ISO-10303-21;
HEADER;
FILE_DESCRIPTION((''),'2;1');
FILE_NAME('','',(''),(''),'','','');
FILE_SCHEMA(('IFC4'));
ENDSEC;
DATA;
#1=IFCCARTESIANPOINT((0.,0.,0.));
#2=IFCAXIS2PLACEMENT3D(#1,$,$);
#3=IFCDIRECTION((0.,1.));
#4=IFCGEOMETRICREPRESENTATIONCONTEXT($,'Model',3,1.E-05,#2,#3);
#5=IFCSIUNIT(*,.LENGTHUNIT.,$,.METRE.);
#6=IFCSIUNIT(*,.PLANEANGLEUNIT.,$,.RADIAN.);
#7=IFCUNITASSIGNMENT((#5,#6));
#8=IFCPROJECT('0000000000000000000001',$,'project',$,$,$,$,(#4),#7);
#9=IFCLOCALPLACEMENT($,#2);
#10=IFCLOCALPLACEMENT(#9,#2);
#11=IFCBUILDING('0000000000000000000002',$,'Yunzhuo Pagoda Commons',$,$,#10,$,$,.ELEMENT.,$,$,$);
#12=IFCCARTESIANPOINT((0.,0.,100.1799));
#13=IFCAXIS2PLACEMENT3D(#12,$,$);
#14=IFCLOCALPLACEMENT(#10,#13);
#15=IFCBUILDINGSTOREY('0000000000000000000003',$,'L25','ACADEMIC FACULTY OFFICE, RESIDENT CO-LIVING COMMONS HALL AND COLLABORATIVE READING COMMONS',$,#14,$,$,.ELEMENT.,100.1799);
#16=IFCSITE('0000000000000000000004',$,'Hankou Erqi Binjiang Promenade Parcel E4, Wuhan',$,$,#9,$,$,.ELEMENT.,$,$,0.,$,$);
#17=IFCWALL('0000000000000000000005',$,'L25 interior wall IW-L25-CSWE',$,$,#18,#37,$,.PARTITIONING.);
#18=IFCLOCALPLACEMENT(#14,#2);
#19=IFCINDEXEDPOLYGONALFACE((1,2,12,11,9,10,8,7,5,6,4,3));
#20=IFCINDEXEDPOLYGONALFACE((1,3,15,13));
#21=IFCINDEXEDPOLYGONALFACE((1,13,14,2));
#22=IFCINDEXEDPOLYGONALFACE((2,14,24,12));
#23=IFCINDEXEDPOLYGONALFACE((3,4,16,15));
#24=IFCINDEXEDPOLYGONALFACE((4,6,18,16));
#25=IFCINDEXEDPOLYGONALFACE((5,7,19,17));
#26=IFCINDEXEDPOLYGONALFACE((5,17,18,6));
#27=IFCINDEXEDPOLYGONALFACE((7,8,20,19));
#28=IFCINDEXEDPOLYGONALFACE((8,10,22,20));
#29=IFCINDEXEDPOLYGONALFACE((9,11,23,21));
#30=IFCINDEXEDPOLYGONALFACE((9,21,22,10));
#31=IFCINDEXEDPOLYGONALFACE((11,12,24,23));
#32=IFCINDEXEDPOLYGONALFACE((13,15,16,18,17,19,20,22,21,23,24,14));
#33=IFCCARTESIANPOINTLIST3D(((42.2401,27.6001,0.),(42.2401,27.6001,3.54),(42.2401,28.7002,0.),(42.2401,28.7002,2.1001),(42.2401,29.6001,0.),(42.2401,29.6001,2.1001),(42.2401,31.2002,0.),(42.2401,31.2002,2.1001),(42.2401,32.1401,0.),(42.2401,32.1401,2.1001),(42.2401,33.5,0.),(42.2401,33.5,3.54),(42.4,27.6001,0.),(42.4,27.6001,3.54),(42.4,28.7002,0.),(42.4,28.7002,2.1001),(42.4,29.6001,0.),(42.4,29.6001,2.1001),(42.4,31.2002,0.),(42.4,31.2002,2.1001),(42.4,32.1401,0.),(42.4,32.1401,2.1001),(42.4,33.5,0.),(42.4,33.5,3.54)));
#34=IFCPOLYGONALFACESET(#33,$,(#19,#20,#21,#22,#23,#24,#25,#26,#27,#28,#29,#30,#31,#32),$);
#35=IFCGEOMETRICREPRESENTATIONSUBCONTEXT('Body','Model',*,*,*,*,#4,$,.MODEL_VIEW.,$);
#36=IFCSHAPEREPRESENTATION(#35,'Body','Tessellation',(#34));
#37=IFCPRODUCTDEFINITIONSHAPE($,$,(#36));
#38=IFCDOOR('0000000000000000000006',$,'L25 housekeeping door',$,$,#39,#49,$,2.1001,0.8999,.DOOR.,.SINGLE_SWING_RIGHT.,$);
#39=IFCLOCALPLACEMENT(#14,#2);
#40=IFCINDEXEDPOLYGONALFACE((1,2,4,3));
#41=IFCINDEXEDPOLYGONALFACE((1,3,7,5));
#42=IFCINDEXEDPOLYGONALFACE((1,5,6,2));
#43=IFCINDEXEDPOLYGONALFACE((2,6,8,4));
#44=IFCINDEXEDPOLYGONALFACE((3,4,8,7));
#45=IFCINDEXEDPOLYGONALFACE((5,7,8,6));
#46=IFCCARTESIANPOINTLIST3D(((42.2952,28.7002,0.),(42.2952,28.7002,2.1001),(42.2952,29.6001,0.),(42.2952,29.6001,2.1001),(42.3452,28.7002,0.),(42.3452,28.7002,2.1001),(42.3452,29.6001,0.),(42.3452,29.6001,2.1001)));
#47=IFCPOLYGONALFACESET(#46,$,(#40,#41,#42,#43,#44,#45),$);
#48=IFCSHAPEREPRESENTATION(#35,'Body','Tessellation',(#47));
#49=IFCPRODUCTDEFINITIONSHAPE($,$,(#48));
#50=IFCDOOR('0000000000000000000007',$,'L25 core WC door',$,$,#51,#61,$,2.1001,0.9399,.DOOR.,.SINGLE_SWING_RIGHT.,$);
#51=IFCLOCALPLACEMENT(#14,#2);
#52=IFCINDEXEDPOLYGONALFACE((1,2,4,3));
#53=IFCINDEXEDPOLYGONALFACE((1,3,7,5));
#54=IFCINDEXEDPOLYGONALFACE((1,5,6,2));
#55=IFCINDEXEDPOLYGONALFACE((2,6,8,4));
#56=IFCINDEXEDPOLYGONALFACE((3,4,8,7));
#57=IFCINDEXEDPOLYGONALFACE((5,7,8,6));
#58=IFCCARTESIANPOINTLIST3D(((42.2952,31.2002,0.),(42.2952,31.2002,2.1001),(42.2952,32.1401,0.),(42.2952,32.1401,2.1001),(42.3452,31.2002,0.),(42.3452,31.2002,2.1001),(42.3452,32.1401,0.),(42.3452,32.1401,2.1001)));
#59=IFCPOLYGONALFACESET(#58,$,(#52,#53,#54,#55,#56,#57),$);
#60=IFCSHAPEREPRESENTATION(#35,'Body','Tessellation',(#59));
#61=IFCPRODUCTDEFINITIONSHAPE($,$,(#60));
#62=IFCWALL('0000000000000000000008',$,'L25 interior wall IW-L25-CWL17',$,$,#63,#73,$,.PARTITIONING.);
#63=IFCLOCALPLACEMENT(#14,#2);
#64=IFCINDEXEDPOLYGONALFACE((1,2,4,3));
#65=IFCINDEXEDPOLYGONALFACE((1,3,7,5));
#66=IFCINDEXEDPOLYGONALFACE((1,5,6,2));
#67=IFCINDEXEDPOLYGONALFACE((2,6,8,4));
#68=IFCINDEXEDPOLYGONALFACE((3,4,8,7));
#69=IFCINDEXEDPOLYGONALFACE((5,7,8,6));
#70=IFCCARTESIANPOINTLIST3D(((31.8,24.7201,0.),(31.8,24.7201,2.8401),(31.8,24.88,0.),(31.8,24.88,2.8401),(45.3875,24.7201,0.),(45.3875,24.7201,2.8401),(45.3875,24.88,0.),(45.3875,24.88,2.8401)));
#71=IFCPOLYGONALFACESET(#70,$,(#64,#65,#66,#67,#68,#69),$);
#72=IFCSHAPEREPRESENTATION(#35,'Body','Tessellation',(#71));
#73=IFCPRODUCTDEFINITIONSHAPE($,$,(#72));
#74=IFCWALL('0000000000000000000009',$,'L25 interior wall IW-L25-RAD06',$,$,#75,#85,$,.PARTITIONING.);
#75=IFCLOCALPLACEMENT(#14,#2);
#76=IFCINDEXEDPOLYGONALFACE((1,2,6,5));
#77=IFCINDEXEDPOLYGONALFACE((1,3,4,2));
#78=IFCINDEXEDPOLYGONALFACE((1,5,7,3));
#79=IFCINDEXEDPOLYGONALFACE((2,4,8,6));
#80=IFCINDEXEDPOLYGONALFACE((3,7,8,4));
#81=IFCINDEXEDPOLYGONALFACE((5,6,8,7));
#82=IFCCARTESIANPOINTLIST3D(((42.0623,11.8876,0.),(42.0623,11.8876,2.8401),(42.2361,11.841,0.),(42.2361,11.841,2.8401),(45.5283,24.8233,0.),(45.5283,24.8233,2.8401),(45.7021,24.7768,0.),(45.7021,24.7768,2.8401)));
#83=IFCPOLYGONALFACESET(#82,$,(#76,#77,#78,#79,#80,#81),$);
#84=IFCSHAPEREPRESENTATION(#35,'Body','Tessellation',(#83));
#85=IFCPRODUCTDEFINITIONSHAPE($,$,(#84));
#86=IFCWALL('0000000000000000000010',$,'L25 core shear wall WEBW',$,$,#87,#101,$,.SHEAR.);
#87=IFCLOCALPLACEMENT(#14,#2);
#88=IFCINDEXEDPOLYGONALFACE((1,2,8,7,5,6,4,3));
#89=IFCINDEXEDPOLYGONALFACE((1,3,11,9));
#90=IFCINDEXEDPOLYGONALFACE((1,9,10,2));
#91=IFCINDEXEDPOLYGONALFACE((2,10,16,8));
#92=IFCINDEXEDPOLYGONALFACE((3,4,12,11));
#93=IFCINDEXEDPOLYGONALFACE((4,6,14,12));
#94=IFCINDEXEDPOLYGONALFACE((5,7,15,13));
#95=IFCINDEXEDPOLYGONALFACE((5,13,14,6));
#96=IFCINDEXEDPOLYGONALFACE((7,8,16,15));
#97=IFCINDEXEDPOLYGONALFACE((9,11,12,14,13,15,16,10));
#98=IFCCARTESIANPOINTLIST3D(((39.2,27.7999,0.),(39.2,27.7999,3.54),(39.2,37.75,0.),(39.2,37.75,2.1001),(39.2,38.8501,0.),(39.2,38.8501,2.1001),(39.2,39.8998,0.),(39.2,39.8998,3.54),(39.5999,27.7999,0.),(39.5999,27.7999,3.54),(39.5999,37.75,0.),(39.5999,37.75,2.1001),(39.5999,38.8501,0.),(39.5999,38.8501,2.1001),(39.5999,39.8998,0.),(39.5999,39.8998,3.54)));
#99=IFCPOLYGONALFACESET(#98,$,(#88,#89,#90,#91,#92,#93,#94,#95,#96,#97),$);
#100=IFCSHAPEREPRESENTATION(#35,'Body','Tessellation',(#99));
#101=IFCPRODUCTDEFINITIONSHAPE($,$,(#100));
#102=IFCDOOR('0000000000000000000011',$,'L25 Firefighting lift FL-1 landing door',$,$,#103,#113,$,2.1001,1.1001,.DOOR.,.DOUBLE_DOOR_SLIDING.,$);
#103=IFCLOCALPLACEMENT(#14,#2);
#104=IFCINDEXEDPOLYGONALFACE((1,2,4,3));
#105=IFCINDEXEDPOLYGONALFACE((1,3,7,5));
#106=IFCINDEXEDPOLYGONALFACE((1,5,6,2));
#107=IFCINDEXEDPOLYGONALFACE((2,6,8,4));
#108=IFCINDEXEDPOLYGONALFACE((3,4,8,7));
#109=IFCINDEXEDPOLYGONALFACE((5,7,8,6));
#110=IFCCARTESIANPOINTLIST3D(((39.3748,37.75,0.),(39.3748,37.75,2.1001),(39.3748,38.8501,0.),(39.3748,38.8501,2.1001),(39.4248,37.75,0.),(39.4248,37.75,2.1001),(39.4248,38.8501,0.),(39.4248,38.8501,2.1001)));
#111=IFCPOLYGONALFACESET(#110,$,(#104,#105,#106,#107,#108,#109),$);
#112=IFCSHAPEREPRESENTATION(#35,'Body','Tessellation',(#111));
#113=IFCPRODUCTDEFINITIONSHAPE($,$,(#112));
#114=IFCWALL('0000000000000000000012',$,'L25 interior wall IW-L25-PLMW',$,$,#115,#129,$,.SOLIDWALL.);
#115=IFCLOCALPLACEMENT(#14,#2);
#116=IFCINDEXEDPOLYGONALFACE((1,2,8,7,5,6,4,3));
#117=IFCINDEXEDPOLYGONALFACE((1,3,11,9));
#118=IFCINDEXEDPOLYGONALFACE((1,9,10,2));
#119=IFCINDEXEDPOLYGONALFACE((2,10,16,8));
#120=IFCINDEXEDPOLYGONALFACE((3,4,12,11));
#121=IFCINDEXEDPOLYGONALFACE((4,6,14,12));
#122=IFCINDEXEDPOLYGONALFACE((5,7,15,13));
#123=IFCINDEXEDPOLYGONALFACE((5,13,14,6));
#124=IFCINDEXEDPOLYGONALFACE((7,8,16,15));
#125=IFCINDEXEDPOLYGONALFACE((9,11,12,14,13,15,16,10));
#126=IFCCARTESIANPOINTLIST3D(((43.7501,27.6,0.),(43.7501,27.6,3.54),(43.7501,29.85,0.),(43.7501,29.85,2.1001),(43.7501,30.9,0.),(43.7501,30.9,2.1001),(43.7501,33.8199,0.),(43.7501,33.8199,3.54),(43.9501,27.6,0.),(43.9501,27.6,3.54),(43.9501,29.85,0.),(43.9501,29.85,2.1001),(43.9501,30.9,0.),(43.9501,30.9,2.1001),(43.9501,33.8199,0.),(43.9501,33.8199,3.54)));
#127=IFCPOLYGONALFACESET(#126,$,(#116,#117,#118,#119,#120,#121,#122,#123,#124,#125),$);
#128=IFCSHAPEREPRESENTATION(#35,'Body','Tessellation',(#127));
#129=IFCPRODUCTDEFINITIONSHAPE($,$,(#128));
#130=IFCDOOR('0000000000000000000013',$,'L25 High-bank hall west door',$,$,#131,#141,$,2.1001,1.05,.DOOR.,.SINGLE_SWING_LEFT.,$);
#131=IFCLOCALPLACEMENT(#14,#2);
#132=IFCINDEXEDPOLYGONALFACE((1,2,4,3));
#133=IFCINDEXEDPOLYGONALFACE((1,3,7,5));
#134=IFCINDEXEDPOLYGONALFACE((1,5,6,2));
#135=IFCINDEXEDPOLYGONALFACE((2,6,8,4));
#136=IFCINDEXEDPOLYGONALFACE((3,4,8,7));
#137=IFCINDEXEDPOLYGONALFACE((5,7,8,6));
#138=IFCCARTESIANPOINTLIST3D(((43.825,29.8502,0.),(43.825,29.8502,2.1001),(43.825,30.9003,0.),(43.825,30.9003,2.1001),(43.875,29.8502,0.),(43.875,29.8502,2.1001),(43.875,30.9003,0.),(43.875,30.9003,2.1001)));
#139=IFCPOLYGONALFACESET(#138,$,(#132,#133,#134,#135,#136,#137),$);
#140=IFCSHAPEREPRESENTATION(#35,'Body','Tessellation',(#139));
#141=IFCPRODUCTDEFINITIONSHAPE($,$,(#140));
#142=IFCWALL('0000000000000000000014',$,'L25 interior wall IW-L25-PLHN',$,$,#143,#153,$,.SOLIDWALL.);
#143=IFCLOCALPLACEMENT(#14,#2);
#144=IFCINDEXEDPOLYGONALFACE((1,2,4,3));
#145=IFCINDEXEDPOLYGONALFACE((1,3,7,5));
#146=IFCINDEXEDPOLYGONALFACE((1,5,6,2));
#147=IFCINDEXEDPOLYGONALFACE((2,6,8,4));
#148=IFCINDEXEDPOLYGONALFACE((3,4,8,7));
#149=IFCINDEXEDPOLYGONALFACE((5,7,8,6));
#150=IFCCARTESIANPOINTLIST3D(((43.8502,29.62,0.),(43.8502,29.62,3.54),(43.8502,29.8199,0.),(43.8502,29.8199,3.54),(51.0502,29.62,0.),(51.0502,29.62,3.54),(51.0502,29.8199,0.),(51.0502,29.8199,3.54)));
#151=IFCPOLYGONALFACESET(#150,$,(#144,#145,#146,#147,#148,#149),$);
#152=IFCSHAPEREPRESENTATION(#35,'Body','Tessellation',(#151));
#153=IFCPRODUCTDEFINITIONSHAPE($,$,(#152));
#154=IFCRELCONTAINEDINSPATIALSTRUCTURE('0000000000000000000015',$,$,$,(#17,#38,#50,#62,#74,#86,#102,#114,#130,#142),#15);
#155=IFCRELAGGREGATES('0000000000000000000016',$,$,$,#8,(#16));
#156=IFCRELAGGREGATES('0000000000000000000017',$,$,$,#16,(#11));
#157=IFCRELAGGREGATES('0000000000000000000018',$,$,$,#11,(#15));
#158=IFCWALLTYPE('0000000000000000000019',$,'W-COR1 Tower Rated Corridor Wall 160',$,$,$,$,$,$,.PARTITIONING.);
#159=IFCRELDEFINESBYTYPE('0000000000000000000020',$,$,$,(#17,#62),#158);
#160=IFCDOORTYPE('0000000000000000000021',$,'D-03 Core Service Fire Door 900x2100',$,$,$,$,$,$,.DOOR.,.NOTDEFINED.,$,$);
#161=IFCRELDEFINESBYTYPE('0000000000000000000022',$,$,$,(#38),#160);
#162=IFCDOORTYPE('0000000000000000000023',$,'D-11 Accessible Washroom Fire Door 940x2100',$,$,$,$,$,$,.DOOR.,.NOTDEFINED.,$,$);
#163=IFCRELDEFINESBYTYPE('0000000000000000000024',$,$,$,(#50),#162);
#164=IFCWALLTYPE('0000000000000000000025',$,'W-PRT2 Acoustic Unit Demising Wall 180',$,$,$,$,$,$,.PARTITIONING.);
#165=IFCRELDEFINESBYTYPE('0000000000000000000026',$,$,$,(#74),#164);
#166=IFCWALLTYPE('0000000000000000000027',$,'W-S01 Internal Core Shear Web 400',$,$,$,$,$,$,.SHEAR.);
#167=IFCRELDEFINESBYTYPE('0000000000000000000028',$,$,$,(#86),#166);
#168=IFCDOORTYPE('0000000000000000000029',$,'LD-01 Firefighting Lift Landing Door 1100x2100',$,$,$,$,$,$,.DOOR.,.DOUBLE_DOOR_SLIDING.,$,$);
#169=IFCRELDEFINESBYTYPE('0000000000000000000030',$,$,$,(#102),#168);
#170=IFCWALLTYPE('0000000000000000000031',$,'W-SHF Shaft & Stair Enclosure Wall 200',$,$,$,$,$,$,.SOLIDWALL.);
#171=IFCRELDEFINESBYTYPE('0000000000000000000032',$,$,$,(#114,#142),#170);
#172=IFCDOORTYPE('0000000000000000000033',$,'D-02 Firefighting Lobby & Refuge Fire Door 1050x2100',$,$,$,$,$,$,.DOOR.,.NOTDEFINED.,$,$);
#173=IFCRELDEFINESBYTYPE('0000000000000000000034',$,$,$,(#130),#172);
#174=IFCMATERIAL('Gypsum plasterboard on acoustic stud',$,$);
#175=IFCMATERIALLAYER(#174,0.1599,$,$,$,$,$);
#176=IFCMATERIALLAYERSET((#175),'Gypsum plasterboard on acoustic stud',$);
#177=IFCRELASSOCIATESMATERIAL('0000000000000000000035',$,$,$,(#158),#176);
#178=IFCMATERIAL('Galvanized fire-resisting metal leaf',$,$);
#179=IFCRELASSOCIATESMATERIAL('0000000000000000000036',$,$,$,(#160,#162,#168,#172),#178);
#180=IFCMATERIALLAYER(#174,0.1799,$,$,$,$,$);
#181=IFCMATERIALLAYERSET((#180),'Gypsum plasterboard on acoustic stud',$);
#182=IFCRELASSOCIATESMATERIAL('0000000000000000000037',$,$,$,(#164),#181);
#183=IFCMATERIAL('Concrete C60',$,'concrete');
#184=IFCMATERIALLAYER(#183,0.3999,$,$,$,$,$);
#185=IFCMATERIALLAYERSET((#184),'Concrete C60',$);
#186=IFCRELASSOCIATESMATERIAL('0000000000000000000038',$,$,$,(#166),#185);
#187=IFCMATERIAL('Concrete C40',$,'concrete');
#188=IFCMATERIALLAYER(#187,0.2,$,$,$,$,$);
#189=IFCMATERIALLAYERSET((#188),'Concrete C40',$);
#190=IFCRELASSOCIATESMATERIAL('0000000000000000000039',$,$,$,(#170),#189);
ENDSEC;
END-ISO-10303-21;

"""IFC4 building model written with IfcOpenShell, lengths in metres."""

from ifc_helpers import new_model, si_unit, direction, frame, frame_2d, origin, origin_with_axes, place, context, subcontext, project, spatial, rectangle, extrude, source, transform, mapped, material, layer, layer_set, type_object, element, fill, save


model = new_model("IFC4")

# Units and contexts
model_context = context("Model", 3, precision=1e-05, world=origin(), true_north=direction((0.0, 1.0)))
body_context = subcontext(model_context, "Body", "Model", "MODEL_VIEW")
ifc_project = project(units=[si_unit("LENGTHUNIT", "METRE"), si_unit("PLANEANGLEUNIT", "RADIAN")], contexts=[model_context])

# Site, building, storey
site_placement = place(None, origin())
site = spatial("IfcSite", under=ifc_project, at=site_placement, Name="Hankou Erqi Binjiang Promenade Parcel E4, Wuhan", CompositionType="ELEMENT", RefElevation=0.0)
building_placement = place(site_placement, origin())
building = spatial("IfcBuilding", under=site, at=building_placement, Name="Yunzhuo Pagoda Commons", CompositionType="ELEMENT")
storey_placement = place(building_placement, frame((0.0, 0.0, 100.1799)))
storey = spatial("IfcBuildingStorey", under=building, at=storey_placement, Name="L25", Description="ACADEMIC FACULTY OFFICE, RESIDENT CO-LIVING COMMONS HALL AND COLLABORATIVE READING COMMONS", CompositionType="ELEMENT", Elevation=100.1799)

# Wall, openings, doors
ifc_material_1 = material(Name="Gypsum plasterboard on acoustic stud")
ifc_layer_1 = layer(ifc_material_1, 0.1599)
ifc_layer_set_1 = layer_set([ifc_layer_1], Name="Gypsum plasterboard on acoustic stud")
wall_type_1 = type_object("IfcWallType", Name="W-COR1 Tower Rated Corridor Wall 160", PredefinedType="PARTITIONING", material=ifc_layer_set_1)
wall_1_placement = place(storey_placement, frame((42.3201, 27.6001, 0.0), z_axis=(0.0, 0.0, 1.0), x_axis=(0.0, 1.0, 0.0)))
wall_1 = element("IfcWall", 1, at=wall_1_placement, inside=storey, type_object=wall_type_1, Name="L25 interior wall IW-L25-CSWE", PredefinedType="PARTITIONING", context=body_context, shape_type="SweptSolid", body=[
    extrude(rectangle(XDim=5.8999, YDim=0.1599, at=frame_2d((2.95, 0.0))), origin(), (0.0, 0.0, 1.0), 3.54),
])
opening_1_placement = place(wall_1_placement, frame((1.1001, 0.0, 0.0)))
opening_1 = element("IfcOpeningElement", 2, at=opening_1_placement, cuts=wall_1, PredefinedType="OPENING", context=body_context, shape_type="SweptSolid", body=[
    extrude(rectangle(XDim=0.8999, YDim=2.1001, at=frame_2d((0.45, 1.05))), frame((0.0, 0.0898, 0.0), z_axis=(0.0, -1.0, 0.0), x_axis=(1.0, 0.0, 0.0)), (0.0, 0.0, 1.0), 0.1799),
])
opening_2_placement = place(wall_1_placement, frame((3.6001, 0.0, 0.0)))
opening_2 = element("IfcOpeningElement", 3, at=opening_2_placement, cuts=wall_1, PredefinedType="OPENING", context=body_context, shape_type="SweptSolid", body=[
    extrude(rectangle(XDim=0.9399, YDim=2.1001, at=frame_2d((0.47, 1.05))), frame((0.0, 0.0898, 0.0), z_axis=(0.0, -1.0, 0.0), x_axis=(1.0, 0.0, 0.0)), (0.0, 0.0, 1.0), 0.1799),
])
ifc_material_2 = material(Name="Galvanized fire-resisting metal leaf")
door_type_1 = type_object("IfcDoorType", Name="D-03 Core Service Fire Door 900x2100", OperationType="NOTDEFINED", PredefinedType="DOOR", material=ifc_material_2)
shared_shape_1 = source(origin(), body_context, "Body", "SweptSolid", [
    extrude(rectangle(XDim=0.8999, YDim=2.1001, at=frame_2d((0.45, 1.05))), frame((0.0, 0.0249, 0.0), z_axis=(0.0, -1.0, 0.0), x_axis=(1.0, 0.0, 0.0)), (0.0, 0.0, 1.0), 0.05),
])
door_1_placement = place(opening_1_placement, origin_with_axes())
door_1 = element("IfcDoor", 4, at=door_1_placement, inside=storey, type_object=door_type_1, Name="L25 housekeeping door", OperationType="SINGLE_SWING_RIGHT", OverallHeight=2.1001, OverallWidth=0.8999, PredefinedType="DOOR", context=body_context, shape_type="MappedRepresentation", body=[
    mapped(shared_shape_1, transform((0.0, 0.0, 0.0), scale=1.0)),
])
fill(opening_1, door_1)
door_type_2 = type_object("IfcDoorType", Name="D-11 Accessible Washroom Fire Door 940x2100", OperationType="NOTDEFINED", PredefinedType="DOOR", material=ifc_material_2)
shared_shape_2 = source(origin(), body_context, "Body", "SweptSolid", [
    extrude(rectangle(XDim=0.9399, YDim=2.1001, at=frame_2d((0.47, 1.05))), frame((0.0, 0.0249, 0.0), z_axis=(0.0, -1.0, 0.0), x_axis=(1.0, 0.0, 0.0)), (0.0, 0.0, 1.0), 0.05),
])
door_2_placement = place(opening_2_placement, origin_with_axes())
door_2 = element("IfcDoor", 5, at=door_2_placement, inside=storey, type_object=door_type_2, Name="L25 core WC door", OperationType="SINGLE_SWING_RIGHT", OverallHeight=2.1001, OverallWidth=0.9399, PredefinedType="DOOR", context=body_context, shape_type="MappedRepresentation", body=[
    mapped(shared_shape_2, transform((0.0, 0.0, 0.0), scale=1.0)),
])
fill(opening_2, door_2)

# Walls
wall_2_placement = place(storey_placement, frame((45.3875, 24.8, 0.0), z_axis=(0.0, 0.0, 1.0), x_axis=(-1.0, 0.0, 0.0)))
element("IfcWall", 6, at=wall_2_placement, inside=storey, type_object=wall_type_1, Name="L25 interior wall IW-L25-CWL17", PredefinedType="PARTITIONING", context=body_context, shape_type="SweptSolid", body=[
    extrude(rectangle(XDim=13.5874, YDim=0.1599, at=frame_2d((6.7937, 0.0))), origin(), (0.0, 0.0, 1.0), 2.8401),
])
ifc_layer_2 = layer(ifc_material_1, 0.1799)
ifc_layer_set_2 = layer_set([ifc_layer_2], Name="Gypsum plasterboard on acoustic stud")
wall_type_2 = type_object("IfcWallType", Name="W-PRT2 Acoustic Unit Demising Wall 180", PredefinedType="PARTITIONING", material=ifc_layer_set_2)
wall_3_placement = place(storey_placement, frame((45.6152, 24.8, 0.0), z_axis=(0.0, 0.0, 1.0), x_axis=(-0.258814, -0.965927, 0.0)))
element("IfcWall", 7, at=wall_3_placement, inside=storey, type_object=wall_type_2, Name="L25 interior wall IW-L25-RAD06", PredefinedType="PARTITIONING", context=body_context, shape_type="SweptSolid", body=[
    extrude(rectangle(XDim=13.3921, YDim=0.1799, at=frame_2d((6.696, 0.0))), origin(), (0.0, 0.0, 1.0), 2.8401),
])

# Walls, openings, doors
ifc_material_3 = material(Name="Concrete C60", Category="concrete")
ifc_layer_3 = layer(ifc_material_3, 0.3999)
ifc_layer_set_3 = layer_set([ifc_layer_3], Name="Concrete C60")
wall_type_3 = type_object("IfcWallType", Name="W-S01 Internal Core Shear Web 400", PredefinedType="SHEAR", material=ifc_layer_set_3)
wall_4_placement = place(storey_placement, frame((39.3999, 27.8, 0.0), z_axis=(0.0, 0.0, 1.0), x_axis=(0.0, 1.0, 0.0)))
wall_4 = element("IfcWall", 8, at=wall_4_placement, inside=storey, type_object=wall_type_3, Name="L25 core shear wall WEBW", PredefinedType="SHEAR", context=body_context, shape_type="SweptSolid", body=[
    extrude(rectangle(XDim=12.0999, YDim=0.3999, at=frame_2d((6.0498, 0.0))), origin(), (0.0, 0.0, 1.0), 3.54),
])
opening_3_placement = place(wall_4_placement, frame((9.95, 0.0, 0.0)))
opening_3 = element("IfcOpeningElement", 9, at=opening_3_placement, cuts=wall_4, PredefinedType="OPENING", context=body_context, shape_type="SweptSolid", body=[
    extrude(rectangle(XDim=1.1001, YDim=2.1001, at=frame_2d((0.55, 1.05))), frame((0.0, 0.21, 0.0), z_axis=(0.0, -1.0, 0.0), x_axis=(1.0, 0.0, 0.0)), (0.0, 0.0, 1.0), 0.4199),
])
door_type_3 = type_object("IfcDoorType", Name="LD-01 Firefighting Lift Landing Door 1100x2100", OperationType="DOUBLE_DOOR_SLIDING", PredefinedType="DOOR", material=ifc_material_2)
shared_shape_3 = source(origin(), body_context, "Body", "SweptSolid", [
    extrude(rectangle(XDim=1.1001, YDim=2.1001, at=frame_2d((0.55, 1.05))), frame((0.0, 0.0249, 0.0), z_axis=(0.0, -1.0, 0.0), x_axis=(1.0, 0.0, 0.0)), (0.0, 0.0, 1.0), 0.05),
])
door_3_placement = place(opening_3_placement, frame((1.1001, 0.0, 0.0), z_axis=(0.0, 0.0, 1.0), x_axis=(-1.0, 0.0, 0.0)))
door_3 = element("IfcDoor", 10, at=door_3_placement, inside=storey, type_object=door_type_3, Name="L25 Firefighting lift FL-1 landing door", OperationType="DOUBLE_DOOR_SLIDING", OverallHeight=2.1001, OverallWidth=1.1001, PredefinedType="DOOR", context=body_context, shape_type="MappedRepresentation", body=[
    mapped(shared_shape_3, transform((0.0, 0.0, 0.0), scale=1.0)),
])
fill(opening_3, door_3)
ifc_material_4 = material(Name="Concrete C40", Category="concrete")
ifc_layer_4 = layer(ifc_material_4, 0.2)
ifc_layer_set_4 = layer_set([ifc_layer_4], Name="Concrete C40")
wall_type_4 = type_object("IfcWallType", Name="W-SHF Shaft & Stair Enclosure Wall 200", PredefinedType="SOLIDWALL", material=ifc_layer_set_4)
wall_5_placement = place(storey_placement, frame((43.8501, 27.6001, 0.0), z_axis=(0.0, 0.0, 1.0), x_axis=(0.0, 1.0, 0.0)))
wall_5 = element("IfcWall", 11, at=wall_5_placement, inside=storey, type_object=wall_type_4, Name="L25 interior wall IW-L25-PLMW", PredefinedType="SOLIDWALL", context=body_context, shape_type="SweptSolid", body=[
    extrude(rectangle(XDim=6.22, YDim=0.2, at=frame_2d((3.1099, 0.0))), origin(), (0.0, 0.0, 1.0), 3.54),
])
opening_4_placement = place(wall_5_placement, frame((2.25, 0.0, 0.0)))
opening_4 = element("IfcOpeningElement", 12, at=opening_4_placement, cuts=wall_5, PredefinedType="OPENING", context=body_context, shape_type="SweptSolid", body=[
    extrude(rectangle(XDim=1.05, YDim=2.1001, at=frame_2d((0.5249, 1.05))), frame((0.0, 0.1099, 0.0), z_axis=(0.0, -1.0, 0.0), x_axis=(1.0, 0.0, 0.0)), (0.0, 0.0, 1.0), 0.22),
])
door_type_4 = type_object("IfcDoorType", Name="D-02 Firefighting Lobby & Refuge Fire Door 1050x2100", OperationType="NOTDEFINED", PredefinedType="DOOR", material=ifc_material_2)
shared_shape_4 = source(origin(), body_context, "Body", "SweptSolid", [
    extrude(rectangle(XDim=1.05, YDim=2.1001, at=frame_2d((0.5249, 1.05))), frame((0.0, 0.0249, 0.0), z_axis=(0.0, -1.0, 0.0), x_axis=(1.0, 0.0, 0.0)), (0.0, 0.0, 1.0), 0.05),
])
door_4_placement = place(opening_4_placement, frame((1.05, 0.0, 0.0), z_axis=(0.0, 0.0, 1.0), x_axis=(-1.0, 0.0, 0.0)))
door_4 = element("IfcDoor", 13, at=door_4_placement, inside=storey, type_object=door_type_4, Name="L25 High-bank hall west door", OperationType="SINGLE_SWING_LEFT", OverallHeight=2.1001, OverallWidth=1.05, PredefinedType="DOOR", context=body_context, shape_type="MappedRepresentation", body=[
    mapped(shared_shape_4, transform((0.0, 0.0, 0.0), scale=1.0)),
])
fill(opening_4, door_4)

# Wall
wall_6_placement = place(storey_placement, frame((43.8501, 29.72, 0.0), z_axis=(0.0, 0.0, 1.0), x_axis=(1.0, 0.0, 0.0)))
element("IfcWall", 14, at=wall_6_placement, inside=storey, type_object=wall_type_4, Name="L25 interior wall IW-L25-PLHN", PredefinedType="SOLIDWALL", context=body_context, shape_type="SweptSolid", body=[
    extrude(rectangle(XDim=7.2, YDim=0.2, at=frame_2d((3.6001, 0.0))), origin(), (0.0, 0.0, 1.0), 3.54),
])

save(model, "model.ifc")
